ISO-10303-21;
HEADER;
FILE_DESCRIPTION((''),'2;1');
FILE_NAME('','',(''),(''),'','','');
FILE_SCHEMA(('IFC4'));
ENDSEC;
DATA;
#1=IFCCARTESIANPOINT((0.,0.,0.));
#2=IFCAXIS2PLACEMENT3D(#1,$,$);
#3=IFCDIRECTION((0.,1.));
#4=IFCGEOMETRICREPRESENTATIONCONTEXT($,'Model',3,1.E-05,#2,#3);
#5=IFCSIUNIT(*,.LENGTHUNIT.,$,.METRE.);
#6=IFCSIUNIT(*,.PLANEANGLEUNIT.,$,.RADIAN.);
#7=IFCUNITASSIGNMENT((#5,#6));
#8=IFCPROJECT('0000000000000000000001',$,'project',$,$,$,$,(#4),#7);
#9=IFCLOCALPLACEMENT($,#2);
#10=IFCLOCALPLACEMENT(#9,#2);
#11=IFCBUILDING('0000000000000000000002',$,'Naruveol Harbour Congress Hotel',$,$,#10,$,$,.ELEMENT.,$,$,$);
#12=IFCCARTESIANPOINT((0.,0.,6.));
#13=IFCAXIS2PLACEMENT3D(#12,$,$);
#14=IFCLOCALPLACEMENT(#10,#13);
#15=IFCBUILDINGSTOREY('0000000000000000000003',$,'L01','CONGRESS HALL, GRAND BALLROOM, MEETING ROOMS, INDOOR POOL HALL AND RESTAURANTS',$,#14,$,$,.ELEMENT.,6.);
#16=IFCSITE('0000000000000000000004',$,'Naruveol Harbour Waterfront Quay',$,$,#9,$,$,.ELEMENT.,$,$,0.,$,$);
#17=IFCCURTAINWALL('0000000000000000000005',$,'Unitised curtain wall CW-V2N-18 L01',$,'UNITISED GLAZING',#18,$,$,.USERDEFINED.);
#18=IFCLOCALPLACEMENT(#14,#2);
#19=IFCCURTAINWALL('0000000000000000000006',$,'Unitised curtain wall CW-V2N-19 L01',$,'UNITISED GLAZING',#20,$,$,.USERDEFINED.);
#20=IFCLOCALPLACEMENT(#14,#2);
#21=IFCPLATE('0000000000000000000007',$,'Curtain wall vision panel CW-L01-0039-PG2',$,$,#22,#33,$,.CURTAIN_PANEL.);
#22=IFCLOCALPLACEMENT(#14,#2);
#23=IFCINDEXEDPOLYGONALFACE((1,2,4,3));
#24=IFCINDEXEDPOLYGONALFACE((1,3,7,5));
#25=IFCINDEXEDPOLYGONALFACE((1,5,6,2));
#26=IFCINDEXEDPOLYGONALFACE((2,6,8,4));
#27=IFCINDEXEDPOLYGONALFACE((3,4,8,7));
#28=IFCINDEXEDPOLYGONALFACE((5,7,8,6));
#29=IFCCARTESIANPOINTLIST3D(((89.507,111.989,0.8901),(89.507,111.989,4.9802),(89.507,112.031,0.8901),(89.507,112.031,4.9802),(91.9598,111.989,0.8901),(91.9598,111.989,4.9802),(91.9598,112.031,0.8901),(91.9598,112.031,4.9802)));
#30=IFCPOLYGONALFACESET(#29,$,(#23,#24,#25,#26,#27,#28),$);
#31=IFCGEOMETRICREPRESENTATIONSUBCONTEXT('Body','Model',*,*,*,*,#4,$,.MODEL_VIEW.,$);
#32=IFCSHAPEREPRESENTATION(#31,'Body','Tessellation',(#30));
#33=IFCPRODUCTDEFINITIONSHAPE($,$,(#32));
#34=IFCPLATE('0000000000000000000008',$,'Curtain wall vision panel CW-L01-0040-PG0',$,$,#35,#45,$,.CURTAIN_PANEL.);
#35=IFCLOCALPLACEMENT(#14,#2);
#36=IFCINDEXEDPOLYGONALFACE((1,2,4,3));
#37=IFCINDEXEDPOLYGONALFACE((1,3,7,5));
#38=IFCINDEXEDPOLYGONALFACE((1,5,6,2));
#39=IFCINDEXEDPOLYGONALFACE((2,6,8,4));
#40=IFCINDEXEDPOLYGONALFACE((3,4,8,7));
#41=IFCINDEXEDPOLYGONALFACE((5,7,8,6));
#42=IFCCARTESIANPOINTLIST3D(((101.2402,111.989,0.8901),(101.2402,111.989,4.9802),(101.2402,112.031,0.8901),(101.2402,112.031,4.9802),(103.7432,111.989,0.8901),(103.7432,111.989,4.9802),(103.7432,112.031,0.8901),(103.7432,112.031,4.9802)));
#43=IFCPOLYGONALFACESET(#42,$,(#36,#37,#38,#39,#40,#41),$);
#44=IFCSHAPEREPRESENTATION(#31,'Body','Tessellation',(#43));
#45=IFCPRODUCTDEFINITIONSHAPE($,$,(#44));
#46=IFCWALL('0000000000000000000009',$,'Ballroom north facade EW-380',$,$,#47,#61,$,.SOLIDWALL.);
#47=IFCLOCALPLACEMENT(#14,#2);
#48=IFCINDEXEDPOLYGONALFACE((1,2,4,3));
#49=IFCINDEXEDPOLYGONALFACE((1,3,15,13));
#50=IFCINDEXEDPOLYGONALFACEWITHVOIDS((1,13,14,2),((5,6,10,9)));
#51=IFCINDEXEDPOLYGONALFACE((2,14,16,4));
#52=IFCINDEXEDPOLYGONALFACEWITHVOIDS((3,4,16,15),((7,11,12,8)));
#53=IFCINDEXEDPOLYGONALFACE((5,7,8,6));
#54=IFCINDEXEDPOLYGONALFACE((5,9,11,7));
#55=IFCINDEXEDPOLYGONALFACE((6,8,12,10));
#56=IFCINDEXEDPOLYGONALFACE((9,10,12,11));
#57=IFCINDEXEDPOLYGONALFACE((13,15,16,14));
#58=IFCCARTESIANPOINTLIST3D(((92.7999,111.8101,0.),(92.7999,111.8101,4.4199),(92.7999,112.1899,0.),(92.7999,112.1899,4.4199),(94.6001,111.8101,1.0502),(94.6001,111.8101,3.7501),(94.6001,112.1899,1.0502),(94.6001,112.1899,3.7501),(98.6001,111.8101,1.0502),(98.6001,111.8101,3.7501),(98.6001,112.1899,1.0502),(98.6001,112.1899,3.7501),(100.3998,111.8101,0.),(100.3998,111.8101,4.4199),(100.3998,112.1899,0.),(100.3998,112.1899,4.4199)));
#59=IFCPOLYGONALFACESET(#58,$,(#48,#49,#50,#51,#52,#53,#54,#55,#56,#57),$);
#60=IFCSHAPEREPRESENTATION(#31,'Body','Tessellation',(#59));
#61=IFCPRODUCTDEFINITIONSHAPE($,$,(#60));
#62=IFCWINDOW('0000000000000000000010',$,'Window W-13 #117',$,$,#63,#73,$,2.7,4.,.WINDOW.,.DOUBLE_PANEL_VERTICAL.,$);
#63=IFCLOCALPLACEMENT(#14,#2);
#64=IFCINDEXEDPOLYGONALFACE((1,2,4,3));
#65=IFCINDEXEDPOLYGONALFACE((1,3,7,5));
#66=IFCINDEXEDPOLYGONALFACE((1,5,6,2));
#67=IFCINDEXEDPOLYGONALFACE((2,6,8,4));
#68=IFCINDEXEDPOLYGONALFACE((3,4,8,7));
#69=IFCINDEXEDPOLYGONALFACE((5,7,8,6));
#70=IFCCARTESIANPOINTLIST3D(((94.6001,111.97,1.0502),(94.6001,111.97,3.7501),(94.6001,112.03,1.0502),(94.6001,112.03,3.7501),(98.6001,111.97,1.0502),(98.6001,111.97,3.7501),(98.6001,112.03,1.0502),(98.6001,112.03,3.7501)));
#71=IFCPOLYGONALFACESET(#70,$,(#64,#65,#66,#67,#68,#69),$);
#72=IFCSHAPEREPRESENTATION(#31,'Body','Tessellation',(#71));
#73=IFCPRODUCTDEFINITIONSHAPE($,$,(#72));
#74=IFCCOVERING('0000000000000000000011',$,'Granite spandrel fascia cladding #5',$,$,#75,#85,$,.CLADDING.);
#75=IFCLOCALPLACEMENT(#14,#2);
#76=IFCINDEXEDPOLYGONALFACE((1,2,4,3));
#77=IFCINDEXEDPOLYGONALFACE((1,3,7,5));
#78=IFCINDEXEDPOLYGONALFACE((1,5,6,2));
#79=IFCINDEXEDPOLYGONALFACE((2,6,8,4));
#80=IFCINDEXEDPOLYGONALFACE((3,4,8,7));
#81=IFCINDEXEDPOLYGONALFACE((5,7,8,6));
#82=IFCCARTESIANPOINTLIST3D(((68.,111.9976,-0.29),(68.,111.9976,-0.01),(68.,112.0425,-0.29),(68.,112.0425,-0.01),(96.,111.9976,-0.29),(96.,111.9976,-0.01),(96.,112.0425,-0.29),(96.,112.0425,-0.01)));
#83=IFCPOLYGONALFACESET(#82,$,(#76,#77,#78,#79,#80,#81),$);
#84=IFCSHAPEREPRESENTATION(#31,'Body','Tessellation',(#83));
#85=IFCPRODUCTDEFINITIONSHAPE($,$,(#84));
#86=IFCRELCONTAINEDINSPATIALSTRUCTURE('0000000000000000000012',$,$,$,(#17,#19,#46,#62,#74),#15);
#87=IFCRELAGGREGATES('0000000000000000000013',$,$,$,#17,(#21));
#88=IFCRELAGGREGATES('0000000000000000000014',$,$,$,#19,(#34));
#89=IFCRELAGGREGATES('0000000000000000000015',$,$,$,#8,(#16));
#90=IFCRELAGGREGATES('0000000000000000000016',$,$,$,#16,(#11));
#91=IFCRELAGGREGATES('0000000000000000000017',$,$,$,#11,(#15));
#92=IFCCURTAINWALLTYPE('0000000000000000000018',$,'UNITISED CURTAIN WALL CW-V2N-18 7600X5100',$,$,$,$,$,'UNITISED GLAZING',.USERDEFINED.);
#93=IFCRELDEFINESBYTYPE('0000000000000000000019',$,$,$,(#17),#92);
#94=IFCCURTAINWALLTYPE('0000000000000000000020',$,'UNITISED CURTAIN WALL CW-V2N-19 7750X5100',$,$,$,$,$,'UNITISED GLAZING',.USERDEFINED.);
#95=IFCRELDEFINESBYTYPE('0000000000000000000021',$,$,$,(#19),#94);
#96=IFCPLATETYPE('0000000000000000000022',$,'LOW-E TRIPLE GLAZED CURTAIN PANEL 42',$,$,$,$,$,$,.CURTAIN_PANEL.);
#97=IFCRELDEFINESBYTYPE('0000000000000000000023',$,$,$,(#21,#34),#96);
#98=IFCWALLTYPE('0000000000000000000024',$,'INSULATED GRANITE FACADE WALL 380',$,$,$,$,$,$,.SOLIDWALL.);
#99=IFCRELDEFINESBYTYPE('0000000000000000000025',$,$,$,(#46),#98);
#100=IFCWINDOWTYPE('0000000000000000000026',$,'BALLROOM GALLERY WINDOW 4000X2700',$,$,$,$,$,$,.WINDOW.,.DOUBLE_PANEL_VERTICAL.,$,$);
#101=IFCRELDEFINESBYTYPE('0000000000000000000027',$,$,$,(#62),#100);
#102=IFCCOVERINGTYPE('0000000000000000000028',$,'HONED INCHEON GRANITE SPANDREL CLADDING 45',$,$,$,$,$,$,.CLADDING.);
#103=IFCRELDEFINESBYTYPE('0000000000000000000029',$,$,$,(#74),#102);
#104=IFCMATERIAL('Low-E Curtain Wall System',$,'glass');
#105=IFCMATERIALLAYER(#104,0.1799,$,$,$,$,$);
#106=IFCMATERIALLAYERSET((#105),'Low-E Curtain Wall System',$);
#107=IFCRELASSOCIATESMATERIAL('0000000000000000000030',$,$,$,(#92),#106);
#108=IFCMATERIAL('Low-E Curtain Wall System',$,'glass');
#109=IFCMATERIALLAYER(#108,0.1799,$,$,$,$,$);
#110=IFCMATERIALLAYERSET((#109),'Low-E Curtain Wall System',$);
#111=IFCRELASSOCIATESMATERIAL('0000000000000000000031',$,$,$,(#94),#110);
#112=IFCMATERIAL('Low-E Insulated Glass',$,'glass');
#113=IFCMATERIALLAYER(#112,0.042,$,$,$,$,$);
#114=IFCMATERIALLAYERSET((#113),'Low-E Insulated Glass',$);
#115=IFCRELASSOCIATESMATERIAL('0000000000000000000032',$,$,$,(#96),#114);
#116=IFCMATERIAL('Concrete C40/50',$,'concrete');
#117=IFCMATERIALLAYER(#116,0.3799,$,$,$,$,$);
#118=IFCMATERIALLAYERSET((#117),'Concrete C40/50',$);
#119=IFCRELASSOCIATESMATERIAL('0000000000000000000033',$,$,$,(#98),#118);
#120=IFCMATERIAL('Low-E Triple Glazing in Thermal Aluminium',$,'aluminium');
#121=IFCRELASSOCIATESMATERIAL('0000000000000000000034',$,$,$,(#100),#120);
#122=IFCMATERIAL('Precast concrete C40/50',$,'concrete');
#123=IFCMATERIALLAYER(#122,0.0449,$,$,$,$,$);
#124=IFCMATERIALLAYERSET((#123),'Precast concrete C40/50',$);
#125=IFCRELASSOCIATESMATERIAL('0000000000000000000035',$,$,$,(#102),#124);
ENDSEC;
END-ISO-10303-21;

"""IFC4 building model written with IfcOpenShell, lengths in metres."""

from ifc_helpers import new_model, si_unit, direction, frame, frame_2d, origin, origin_2d, place, context, subcontext, project, spatial, rectangle, extrude, material, layer, layer_set, type_object, element, fill, aggregate, save


model = new_model("IFC4")

# Units and contexts
model_context = context("Model", 3, precision=1e-05, world=origin(), true_north=direction((0.0, 1.0)))
body_context = subcontext(model_context, "Body", "Model", "MODEL_VIEW")
ifc_project = project(units=[si_unit("LENGTHUNIT", "METRE"), si_unit("PLANEANGLEUNIT", "RADIAN")], contexts=[model_context])

# Site, building, storey
site_placement = place(None, origin())
site = spatial("IfcSite", under=ifc_project, at=site_placement, Name="Naruveol Harbour Waterfront Quay", CompositionType="ELEMENT", RefElevation=0.0)
building_placement = place(site_placement, origin())
building = spatial("IfcBuilding", under=site, at=building_placement, Name="Naruveol Harbour Congress Hotel", CompositionType="ELEMENT")
storey_placement = place(building_placement, frame((0.0, 0.0, 6.0)))
storey = spatial("IfcBuildingStorey", under=building, at=storey_placement, Name="L01", Description="CONGRESS HALL, GRAND BALLROOM, MEETING ROOMS, INDOOR POOL HALL AND RESTAURANTS", CompositionType="ELEMENT", Elevation=6.0)

# Curtain walls
ifc_material_1 = material(Name="Low-E Curtain Wall System", Category="glass")
ifc_layer_1 = layer(ifc_material_1, 0.1799)
ifc_layer_set_1 = layer_set([ifc_layer_1], Name="Low-E Curtain Wall System")
curtain_wall_type_1 = type_object("IfcCurtainWallType", Name="UNITISED CURTAIN WALL CW-V2N-18 7600X5100", ElementType="UNITISED GLAZING", PredefinedType="USERDEFINED", material=ifc_layer_set_1)
curtain_wall_1_placement = place(storey_placement, origin())
curtain_wall_1 = element("IfcCurtainWall", 1, at=curtain_wall_1_placement, inside=storey, type_object=curtain_wall_type_1, Name="Unitised curtain wall CW-V2N-18 L01", ObjectType="UNITISED GLAZING", PredefinedType="USERDEFINED")
ifc_material_2 = material(Name="Low-E Curtain Wall System", Category="glass")
ifc_layer_2 = layer(ifc_material_2, 0.1799)
ifc_layer_set_2 = layer_set([ifc_layer_2], Name="Low-E Curtain Wall System")
curtain_wall_type_2 = type_object("IfcCurtainWallType", Name="UNITISED CURTAIN WALL CW-V2N-19 7750X5100", ElementType="UNITISED GLAZING", PredefinedType="USERDEFINED", material=ifc_layer_set_2)
curtain_wall_2_placement = place(storey_placement, origin())
curtain_wall_2 = element("IfcCurtainWall", 2, at=curtain_wall_2_placement, inside=storey, type_object=curtain_wall_type_2, Name="Unitised curtain wall CW-V2N-19 L01", ObjectType="UNITISED GLAZING", PredefinedType="USERDEFINED")

# Plates
ifc_material_3 = material(Name="Low-E Insulated Glass", Category="glass")
ifc_layer_3 = layer(ifc_material_3, 0.042)
ifc_layer_set_3 = layer_set([ifc_layer_3], Name="Low-E Insulated Glass")
plate_type_1 = type_object("IfcPlateType", Name="LOW-E TRIPLE GLAZED CURTAIN PANEL 42", PredefinedType="CURTAIN_PANEL", material=ifc_layer_set_3)
plate_1_placement = place(storey_placement, frame((90.7334, 112.01, 0.8901), z_axis=(0.0, 0.0, 1.0), x_axis=(1.0, 0.0, 0.0)))
plate_1 = element("IfcPlate", 3, at=plate_1_placement, type_object=plate_type_1, Name="Curtain wall vision panel CW-L01-0039-PG2", PredefinedType="CURTAIN_PANEL", context=body_context, shape_type="SweptSolid", body=[
    extrude(rectangle(XDim=2.4529, YDim=0.042, at=origin_2d()), origin(), (0.0, 0.0, 1.0), 4.0901),
])
aggregate(curtain_wall_1, [plate_1])
plate_2_placement = place(storey_placement, frame((102.4917, 112.01, 0.8901), z_axis=(0.0, 0.0, 1.0), x_axis=(1.0, 0.0, 0.0)))
plate_2 = element("IfcPlate", 4, at=plate_2_placement, type_object=plate_type_1, Name="Curtain wall vision panel CW-L01-0040-PG0", PredefinedType="CURTAIN_PANEL", context=body_context, shape_type="SweptSolid", body=[
    extrude(rectangle(XDim=2.5029, YDim=0.042, at=origin_2d()), origin(), (0.0, 0.0, 1.0), 4.0901),
])
aggregate(curtain_wall_2, [plate_2])

# Wall, opening, window
ifc_material_4 = material(Name="Concrete C40/50", Category="concrete")
ifc_layer_4 = layer(ifc_material_4, 0.3799)
ifc_layer_set_4 = layer_set([ifc_layer_4], Name="Concrete C40/50")
wall_type = type_object("IfcWallType", Name="INSULATED GRANITE FACADE WALL 380", PredefinedType="SOLIDWALL", material=ifc_layer_set_4)
wall_placement = place(storey_placement, frame((92.8, 112.0, 0.0), z_axis=(0.0, 0.0, 1.0), x_axis=(1.0, 0.0, 0.0)))
wall = element("IfcWall", 5, at=wall_placement, inside=storey, type_object=wall_type, Name="Ballroom north facade EW-380", PredefinedType="SOLIDWALL", context=body_context, shape_type="SweptSolid", body=[
    extrude(rectangle(XDim=7.5999, YDim=0.3799, at=frame_2d((3.7998, 0.0))), origin(), (0.0, 0.0, 1.0), 4.4199),
])
opening_placement = place(wall_placement, frame((1.8, 0.0, 1.05)))
opening = element("IfcOpeningElement", 6, at=opening_placement, cuts=wall, PredefinedType="OPENING", context=body_context, shape_type="SweptSolid", body=[
    extrude(rectangle(XDim=4.0, YDim=2.7, at=frame_2d((2.0, 1.3501))), frame((0.0, 0.2, 0.0), z_axis=(0.0, -1.0, 0.0), x_axis=(1.0, 0.0, 0.0)), (0.0, 0.0, 1.0), 0.3999),
])
ifc_material_5 = material(Name="Low-E Triple Glazing in Thermal Aluminium", Category="aluminium")
window_type = type_object("IfcWindowType", Name="BALLROOM GALLERY WINDOW 4000X2700", PartitioningType="DOUBLE_PANEL_VERTICAL", PredefinedType="WINDOW", material=ifc_material_5)
window_placement = place(opening_placement, origin())
window = element("IfcWindow", 7, at=window_placement, inside=storey, type_object=window_type, Name="Window W-13 #117", OverallHeight=2.7, OverallWidth=4.0, PartitioningType="DOUBLE_PANEL_VERTICAL", PredefinedType="WINDOW", context=body_context, shape_type="SweptSolid", body=[
    extrude(rectangle(XDim=4.0, YDim=2.7, at=frame_2d((2.0, 1.3501))), frame((0.0, 0.03, 0.0), z_axis=(0.0, -1.0, 0.0), x_axis=(1.0, 0.0, 0.0)), (0.0, 0.0, 1.0), 0.0601),
])
fill(opening, window)

# Covering
ifc_material_6 = material(Name="Precast concrete C40/50", Category="concrete")
ifc_layer_5 = layer(ifc_material_6, 0.0449)
ifc_layer_set_5 = layer_set([ifc_layer_5], Name="Precast concrete C40/50")
covering_type = type_object("IfcCoveringType", Name="HONED INCHEON GRANITE SPANDREL CLADDING 45", PredefinedType="CLADDING", material=ifc_layer_set_5)
covering_placement = place(storey_placement, frame((82.0, 112.02, -0.29), z_axis=(0.0, 0.0, 1.0), x_axis=(1.0, 0.0, 0.0)))
element("IfcCovering", 8, at=covering_placement, inside=storey, type_object=covering_type, Name="Granite spandrel fascia cladding #5", PredefinedType="CLADDING", context=body_context, shape_type="SweptSolid", body=[
    extrude(rectangle(XDim=28.0, YDim=0.0449, at=origin_2d()), origin(), (0.0, 0.0, 1.0), 0.28),
])

save(model, "model.ifc")
